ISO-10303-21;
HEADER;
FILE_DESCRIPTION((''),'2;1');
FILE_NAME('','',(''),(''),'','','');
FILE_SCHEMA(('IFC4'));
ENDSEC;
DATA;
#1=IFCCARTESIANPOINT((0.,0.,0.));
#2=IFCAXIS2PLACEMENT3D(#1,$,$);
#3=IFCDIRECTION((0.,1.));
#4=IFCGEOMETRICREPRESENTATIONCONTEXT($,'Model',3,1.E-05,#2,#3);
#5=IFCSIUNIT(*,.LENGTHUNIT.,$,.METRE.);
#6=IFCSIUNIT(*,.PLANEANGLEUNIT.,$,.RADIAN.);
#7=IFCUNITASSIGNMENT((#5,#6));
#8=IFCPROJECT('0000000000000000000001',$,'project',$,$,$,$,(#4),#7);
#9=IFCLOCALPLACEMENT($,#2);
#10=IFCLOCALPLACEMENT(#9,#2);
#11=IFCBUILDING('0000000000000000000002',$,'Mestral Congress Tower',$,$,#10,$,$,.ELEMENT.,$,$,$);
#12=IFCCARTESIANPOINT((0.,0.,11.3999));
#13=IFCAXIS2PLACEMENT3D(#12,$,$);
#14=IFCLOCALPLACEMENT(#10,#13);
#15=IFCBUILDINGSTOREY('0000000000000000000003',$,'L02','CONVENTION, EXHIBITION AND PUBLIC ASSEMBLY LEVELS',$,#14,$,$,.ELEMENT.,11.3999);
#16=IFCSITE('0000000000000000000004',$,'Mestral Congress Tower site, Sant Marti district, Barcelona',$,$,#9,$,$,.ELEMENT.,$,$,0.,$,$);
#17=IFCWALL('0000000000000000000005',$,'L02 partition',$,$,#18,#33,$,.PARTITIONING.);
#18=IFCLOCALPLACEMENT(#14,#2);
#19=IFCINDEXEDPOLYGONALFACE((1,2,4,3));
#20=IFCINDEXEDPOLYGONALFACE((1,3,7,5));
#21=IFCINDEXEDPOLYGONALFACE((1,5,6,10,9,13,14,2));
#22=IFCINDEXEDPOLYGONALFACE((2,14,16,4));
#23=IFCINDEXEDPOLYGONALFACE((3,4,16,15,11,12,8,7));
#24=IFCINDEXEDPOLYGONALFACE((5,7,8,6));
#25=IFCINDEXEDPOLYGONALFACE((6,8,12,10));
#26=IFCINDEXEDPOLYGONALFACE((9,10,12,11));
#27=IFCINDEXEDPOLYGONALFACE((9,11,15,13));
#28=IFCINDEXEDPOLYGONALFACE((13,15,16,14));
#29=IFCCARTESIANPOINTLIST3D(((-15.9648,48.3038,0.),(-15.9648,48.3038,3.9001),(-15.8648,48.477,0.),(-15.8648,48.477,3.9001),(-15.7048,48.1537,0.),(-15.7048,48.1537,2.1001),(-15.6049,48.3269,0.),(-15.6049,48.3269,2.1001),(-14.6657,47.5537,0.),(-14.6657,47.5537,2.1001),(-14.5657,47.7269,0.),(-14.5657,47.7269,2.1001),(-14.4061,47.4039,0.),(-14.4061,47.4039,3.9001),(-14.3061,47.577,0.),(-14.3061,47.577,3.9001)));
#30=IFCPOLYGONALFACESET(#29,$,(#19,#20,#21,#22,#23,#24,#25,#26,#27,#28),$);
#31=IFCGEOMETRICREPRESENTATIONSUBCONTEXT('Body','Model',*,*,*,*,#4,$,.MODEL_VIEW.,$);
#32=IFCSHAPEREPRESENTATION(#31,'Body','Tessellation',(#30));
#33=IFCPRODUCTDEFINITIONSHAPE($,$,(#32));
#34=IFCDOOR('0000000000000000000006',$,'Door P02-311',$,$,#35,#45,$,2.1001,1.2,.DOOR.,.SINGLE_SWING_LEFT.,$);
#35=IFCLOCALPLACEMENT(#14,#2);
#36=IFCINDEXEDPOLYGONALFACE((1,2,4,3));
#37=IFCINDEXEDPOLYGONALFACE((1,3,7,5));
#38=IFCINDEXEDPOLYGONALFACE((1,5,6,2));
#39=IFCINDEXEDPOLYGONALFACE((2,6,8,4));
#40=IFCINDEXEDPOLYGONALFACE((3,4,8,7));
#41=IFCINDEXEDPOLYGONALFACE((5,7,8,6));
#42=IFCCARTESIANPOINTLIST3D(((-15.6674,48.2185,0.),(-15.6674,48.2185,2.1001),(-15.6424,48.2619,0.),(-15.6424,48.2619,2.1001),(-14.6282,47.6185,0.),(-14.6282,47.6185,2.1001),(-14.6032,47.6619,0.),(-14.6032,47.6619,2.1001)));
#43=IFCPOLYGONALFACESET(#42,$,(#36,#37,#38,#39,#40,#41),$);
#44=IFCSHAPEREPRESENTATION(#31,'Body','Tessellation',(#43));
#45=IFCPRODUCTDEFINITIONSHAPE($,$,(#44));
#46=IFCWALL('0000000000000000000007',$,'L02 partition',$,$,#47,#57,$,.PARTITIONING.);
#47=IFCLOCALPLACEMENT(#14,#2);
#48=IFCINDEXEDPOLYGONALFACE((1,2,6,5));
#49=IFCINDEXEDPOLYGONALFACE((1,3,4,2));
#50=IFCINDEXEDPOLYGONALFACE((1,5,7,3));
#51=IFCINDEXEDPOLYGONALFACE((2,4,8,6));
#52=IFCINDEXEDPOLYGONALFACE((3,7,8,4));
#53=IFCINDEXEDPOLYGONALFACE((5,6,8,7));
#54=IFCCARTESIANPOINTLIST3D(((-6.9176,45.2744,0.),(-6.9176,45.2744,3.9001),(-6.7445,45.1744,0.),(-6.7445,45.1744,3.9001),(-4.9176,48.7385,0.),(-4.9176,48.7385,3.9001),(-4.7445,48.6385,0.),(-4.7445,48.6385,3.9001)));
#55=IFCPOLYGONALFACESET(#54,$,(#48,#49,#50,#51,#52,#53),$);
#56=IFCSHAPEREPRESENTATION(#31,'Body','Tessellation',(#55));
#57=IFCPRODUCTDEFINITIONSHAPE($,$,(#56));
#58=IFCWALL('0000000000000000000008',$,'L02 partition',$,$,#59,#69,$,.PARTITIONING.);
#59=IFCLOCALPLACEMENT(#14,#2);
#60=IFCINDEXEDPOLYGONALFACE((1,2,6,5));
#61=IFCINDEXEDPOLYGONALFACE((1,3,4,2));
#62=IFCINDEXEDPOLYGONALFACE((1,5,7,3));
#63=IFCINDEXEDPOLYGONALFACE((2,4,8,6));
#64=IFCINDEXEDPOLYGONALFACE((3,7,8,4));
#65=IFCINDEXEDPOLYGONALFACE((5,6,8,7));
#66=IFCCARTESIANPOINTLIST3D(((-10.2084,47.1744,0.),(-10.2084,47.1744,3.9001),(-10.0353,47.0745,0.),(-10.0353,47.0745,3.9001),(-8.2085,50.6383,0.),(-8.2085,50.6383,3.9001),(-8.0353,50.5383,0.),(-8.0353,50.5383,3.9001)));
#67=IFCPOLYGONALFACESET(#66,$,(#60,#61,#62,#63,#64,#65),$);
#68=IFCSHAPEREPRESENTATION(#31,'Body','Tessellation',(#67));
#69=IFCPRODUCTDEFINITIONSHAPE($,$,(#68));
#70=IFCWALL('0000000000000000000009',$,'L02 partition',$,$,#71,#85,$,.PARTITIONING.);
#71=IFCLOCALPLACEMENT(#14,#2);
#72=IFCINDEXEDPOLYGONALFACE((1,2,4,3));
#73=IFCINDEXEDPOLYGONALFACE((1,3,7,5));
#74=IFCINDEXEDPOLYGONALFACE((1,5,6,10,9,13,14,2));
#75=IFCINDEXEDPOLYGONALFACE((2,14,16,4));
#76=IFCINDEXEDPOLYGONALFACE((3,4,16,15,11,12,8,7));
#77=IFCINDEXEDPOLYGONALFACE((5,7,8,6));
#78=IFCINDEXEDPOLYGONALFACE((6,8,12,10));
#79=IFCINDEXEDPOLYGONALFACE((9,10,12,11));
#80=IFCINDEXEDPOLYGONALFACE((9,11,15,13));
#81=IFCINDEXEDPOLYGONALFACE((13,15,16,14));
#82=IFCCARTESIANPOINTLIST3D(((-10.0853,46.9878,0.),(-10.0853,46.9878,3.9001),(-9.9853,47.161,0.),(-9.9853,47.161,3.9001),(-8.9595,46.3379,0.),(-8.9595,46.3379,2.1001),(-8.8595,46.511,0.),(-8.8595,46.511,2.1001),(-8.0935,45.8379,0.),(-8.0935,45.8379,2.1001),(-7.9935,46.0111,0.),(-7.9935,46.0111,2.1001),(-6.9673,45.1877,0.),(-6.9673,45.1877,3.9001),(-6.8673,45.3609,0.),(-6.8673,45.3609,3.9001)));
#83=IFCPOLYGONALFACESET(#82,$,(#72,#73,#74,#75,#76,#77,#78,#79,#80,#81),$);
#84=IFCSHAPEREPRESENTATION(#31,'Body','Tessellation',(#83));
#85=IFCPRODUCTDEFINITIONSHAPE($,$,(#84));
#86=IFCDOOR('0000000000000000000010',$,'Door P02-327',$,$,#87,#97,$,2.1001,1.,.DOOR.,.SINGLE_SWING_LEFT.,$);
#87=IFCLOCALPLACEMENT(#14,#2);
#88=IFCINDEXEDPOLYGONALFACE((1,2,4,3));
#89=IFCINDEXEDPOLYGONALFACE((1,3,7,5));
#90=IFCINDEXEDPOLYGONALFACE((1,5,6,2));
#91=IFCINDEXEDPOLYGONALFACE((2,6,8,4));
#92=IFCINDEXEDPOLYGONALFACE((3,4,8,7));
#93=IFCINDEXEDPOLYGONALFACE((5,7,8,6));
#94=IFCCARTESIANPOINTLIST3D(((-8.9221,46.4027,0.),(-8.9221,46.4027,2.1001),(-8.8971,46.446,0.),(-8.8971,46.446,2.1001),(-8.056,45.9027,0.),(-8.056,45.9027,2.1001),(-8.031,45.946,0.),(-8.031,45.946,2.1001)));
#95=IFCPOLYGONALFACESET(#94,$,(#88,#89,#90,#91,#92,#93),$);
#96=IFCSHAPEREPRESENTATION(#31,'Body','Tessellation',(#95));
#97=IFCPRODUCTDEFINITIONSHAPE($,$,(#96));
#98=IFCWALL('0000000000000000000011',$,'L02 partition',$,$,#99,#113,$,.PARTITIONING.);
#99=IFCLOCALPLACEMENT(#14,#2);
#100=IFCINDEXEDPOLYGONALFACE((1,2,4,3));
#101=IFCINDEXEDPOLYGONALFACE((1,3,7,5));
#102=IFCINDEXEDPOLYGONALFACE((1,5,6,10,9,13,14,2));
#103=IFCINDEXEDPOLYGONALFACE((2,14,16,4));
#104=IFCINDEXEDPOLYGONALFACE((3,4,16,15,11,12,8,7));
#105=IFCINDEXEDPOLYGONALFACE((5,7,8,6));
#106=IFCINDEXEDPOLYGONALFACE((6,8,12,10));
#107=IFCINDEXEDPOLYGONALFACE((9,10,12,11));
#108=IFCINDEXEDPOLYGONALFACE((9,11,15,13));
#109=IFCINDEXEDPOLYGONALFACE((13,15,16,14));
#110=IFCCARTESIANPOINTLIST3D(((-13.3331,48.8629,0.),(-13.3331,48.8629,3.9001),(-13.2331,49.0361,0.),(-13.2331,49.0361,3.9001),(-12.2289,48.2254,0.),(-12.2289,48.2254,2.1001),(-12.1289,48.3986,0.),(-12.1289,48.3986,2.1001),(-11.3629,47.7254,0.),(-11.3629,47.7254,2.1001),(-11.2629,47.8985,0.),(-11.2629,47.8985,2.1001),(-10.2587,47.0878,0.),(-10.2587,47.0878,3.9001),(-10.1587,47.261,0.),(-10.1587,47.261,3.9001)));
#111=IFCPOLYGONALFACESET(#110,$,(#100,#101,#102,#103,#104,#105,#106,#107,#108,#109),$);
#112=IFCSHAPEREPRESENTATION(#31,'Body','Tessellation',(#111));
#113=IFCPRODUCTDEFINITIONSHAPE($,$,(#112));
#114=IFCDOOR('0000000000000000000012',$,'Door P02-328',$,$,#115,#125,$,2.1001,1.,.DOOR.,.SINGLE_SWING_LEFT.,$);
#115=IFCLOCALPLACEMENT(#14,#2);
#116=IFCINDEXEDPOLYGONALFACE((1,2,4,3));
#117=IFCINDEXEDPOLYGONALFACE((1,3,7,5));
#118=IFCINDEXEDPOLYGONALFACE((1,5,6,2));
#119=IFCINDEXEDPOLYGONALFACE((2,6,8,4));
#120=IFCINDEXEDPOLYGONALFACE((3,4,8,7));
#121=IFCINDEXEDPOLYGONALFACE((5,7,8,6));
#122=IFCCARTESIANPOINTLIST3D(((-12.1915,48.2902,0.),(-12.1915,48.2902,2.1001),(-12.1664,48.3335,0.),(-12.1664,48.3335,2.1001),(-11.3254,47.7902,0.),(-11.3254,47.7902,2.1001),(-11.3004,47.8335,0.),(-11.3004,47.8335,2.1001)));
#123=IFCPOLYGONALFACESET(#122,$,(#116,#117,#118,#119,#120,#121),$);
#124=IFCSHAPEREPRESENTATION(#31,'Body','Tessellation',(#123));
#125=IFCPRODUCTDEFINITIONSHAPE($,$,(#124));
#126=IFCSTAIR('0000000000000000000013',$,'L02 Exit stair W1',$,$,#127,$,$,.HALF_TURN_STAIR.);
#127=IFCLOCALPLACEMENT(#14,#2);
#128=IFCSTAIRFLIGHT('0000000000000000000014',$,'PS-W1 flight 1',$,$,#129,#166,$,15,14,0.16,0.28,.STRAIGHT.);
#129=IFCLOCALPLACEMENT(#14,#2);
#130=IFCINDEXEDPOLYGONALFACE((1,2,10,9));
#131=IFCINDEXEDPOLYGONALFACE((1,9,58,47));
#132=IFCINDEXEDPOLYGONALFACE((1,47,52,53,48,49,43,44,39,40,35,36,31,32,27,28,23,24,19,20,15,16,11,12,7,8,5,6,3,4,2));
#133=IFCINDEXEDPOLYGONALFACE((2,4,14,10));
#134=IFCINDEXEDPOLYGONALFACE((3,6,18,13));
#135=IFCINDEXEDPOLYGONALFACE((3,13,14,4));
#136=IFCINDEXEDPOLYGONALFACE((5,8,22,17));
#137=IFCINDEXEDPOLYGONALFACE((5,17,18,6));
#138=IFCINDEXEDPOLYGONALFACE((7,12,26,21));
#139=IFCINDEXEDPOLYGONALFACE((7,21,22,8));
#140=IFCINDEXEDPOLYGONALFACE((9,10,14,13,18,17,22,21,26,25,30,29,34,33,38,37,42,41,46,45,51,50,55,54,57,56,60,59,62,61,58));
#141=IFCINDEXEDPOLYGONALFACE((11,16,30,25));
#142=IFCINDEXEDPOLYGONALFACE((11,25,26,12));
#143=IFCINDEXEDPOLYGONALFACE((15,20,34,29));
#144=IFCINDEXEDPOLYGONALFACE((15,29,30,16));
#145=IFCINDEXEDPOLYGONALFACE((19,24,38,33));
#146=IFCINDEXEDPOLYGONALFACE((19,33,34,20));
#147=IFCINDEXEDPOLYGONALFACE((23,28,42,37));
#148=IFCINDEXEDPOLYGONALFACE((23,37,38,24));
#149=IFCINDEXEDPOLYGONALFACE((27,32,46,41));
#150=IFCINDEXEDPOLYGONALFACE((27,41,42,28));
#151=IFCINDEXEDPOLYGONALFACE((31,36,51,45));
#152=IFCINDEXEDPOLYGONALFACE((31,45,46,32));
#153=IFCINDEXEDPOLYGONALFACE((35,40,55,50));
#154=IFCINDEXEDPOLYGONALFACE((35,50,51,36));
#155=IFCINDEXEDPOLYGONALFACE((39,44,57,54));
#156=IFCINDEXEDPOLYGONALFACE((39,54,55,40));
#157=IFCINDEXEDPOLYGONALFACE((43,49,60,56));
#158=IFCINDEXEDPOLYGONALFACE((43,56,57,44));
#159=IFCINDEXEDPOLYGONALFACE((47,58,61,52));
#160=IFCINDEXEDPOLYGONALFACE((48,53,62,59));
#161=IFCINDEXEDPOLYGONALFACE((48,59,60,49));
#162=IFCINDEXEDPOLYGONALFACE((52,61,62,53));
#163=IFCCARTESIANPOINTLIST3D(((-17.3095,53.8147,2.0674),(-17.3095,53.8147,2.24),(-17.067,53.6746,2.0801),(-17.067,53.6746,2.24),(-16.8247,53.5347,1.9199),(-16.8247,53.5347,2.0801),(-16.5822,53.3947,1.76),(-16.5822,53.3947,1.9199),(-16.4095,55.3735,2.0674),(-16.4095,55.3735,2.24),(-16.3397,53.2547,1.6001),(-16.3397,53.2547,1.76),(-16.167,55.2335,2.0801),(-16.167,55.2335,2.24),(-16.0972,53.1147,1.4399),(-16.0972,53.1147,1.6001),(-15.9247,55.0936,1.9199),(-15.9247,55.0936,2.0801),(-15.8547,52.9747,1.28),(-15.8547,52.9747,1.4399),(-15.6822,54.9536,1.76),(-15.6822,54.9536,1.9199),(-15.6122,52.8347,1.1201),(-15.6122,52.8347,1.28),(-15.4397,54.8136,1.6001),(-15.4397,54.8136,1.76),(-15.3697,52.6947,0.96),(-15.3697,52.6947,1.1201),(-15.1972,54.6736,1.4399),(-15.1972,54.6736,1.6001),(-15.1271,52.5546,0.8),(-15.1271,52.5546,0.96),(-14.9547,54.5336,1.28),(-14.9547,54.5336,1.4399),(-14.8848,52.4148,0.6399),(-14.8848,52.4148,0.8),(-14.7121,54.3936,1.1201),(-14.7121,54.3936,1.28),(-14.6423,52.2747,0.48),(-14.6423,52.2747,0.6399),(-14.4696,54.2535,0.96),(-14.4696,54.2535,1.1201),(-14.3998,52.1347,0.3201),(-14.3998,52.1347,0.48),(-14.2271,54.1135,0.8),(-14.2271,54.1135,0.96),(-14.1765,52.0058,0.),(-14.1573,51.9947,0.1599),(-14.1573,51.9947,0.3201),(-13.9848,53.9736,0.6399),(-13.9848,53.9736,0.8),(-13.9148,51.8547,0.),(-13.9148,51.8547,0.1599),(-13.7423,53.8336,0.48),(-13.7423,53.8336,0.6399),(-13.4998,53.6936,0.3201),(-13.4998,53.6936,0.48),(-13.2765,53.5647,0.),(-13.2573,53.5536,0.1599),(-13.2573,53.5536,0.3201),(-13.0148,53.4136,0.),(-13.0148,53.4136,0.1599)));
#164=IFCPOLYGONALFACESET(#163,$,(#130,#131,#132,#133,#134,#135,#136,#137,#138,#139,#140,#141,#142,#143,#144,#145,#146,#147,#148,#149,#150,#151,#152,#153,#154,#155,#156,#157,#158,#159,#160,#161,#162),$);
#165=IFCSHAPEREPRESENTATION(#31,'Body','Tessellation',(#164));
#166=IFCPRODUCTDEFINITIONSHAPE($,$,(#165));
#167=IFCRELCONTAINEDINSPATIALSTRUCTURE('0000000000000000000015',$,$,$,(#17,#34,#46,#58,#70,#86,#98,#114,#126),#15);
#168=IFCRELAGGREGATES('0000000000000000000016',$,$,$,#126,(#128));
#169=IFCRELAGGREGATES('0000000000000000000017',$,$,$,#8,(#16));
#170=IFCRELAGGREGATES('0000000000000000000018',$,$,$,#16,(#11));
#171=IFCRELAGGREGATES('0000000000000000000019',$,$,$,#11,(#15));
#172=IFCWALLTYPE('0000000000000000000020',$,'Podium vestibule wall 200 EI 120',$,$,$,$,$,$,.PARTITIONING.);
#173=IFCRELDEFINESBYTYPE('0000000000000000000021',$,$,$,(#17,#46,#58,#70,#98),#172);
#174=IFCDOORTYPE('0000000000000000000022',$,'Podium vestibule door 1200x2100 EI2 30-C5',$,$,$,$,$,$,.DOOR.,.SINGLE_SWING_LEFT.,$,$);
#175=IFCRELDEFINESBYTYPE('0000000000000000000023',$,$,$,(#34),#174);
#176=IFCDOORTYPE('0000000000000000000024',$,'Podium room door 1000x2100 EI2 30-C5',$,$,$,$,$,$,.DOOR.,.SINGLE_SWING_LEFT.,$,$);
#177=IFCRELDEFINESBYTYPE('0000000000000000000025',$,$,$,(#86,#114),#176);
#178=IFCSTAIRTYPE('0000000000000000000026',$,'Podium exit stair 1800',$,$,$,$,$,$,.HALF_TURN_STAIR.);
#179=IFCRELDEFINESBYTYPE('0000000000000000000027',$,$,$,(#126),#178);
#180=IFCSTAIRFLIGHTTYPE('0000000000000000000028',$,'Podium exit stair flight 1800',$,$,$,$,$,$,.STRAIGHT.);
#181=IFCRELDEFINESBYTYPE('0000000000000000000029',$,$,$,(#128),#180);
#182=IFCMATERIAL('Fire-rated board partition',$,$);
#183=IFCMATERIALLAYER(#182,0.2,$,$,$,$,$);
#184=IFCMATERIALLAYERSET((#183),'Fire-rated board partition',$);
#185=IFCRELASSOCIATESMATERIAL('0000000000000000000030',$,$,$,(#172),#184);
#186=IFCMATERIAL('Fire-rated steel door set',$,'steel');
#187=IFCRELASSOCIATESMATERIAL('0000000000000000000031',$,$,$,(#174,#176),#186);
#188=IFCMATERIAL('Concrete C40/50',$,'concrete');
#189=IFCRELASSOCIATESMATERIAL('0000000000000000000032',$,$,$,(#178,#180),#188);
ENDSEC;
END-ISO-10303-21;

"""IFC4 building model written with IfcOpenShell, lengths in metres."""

from ifc_helpers import new_model, si_unit, direction, frame, frame_2d, origin, place, context, subcontext, project, spatial, polyline, rectangle, outline, extrude, material, layer, layer_set, type_object, element, fill, aggregate, save


model = new_model("IFC4")

# Units and contexts
model_context = context("Model", 3, precision=1e-05, world=origin(), true_north=direction((0.0, 1.0)))
body_context = subcontext(model_context, "Body", "Model", "MODEL_VIEW")
ifc_project = project(units=[si_unit("LENGTHUNIT", "METRE"), si_unit("PLANEANGLEUNIT", "RADIAN")], contexts=[model_context])

# Site, building, storey
site_placement = place(None, origin())
site = spatial("IfcSite", under=ifc_project, at=site_placement, Name="Mestral Congress Tower site, Sant Marti district, Barcelona", CompositionType="ELEMENT", RefElevation=0.0)
building_placement = place(site_placement, origin())
building = spatial("IfcBuilding", under=site, at=building_placement, Name="Mestral Congress Tower", CompositionType="ELEMENT")
storey_placement = place(building_placement, frame((0.0, 0.0, 11.3999)))
storey = spatial("IfcBuildingStorey", under=building, at=storey_placement, Name="L02", Description="CONVENTION, EXHIBITION AND PUBLIC ASSEMBLY LEVELS", CompositionType="ELEMENT", Elevation=11.3999)

# Shared definitions
ifc_material_1 = material(Name="Fire-rated steel door set", Category="steel")

# Shared definitions
ifc_material_2 = material(Name="Fire-rated board partition")
ifc_layer_1 = layer(ifc_material_2, 0.2)
ifc_layer_set_1 = layer_set([ifc_layer_1], Name="Fire-rated board partition")
wall_type_1 = type_object("IfcWallType", Name="Podium vestibule wall 200 EI 120", PredefinedType="PARTITIONING", material=ifc_layer_set_1)

# Wall, opening, door
wall_1_placement = place(storey_placement, frame((-15.9148, 48.3904, 0.0), z_axis=(0.0, 0.0, 1.0), x_axis=(0.866014, -0.50002, 0.0)))
wall_1 = element("IfcWall", 1, at=wall_1_placement, inside=storey, type_object=wall_type_1, Name="L02 partition", PredefinedType="PARTITIONING", context=body_context, shape_type="SweptSolid", body=[
    extrude(rectangle(XDim=1.7998, YDim=0.2, at=frame_2d((0.8999, 0.0))), origin(), (0.0, 0.0, 1.0), 3.9001),
])
opening_1_placement = place(wall_1_placement, frame((0.3, 0.0, 0.0)))
opening_1 = element("IfcOpeningElement", 2, at=opening_1_placement, cuts=wall_1, PredefinedType="OPENING", context=body_context, shape_type="SweptSolid", body=[
    extrude(rectangle(XDim=1.2, YDim=2.1001, at=frame_2d((0.6001, 1.05))), frame((0.0, 0.1099, 0.0), z_axis=(0.0, -1.0, 0.0), x_axis=(1.0, 0.0, 0.0)), (0.0, 0.0, 1.0), 0.22),
])
door_type_1 = type_object("IfcDoorType", Name="Podium vestibule door 1200x2100 EI2 30-C5", OperationType="SINGLE_SWING_LEFT", PredefinedType="DOOR", material=ifc_material_1)
door_1_placement = place(opening_1_placement, origin())
door_1 = element("IfcDoor", 3, at=door_1_placement, inside=storey, type_object=door_type_1, Name="Door P02-311", OperationType="SINGLE_SWING_LEFT", OverallHeight=2.1001, OverallWidth=1.2, PredefinedType="DOOR", context=body_context, shape_type="SweptSolid", body=[
    extrude(rectangle(XDim=1.2, YDim=2.1001, at=frame_2d((0.6001, 1.05))), frame((0.0, 0.0249, 0.0), z_axis=(0.0, -1.0, 0.0), x_axis=(1.0, 0.0, 0.0)), (0.0, 0.0, 1.0), 0.05),
])
fill(opening_1, door_1)

# Walls
wall_2_placement = place(storey_placement, frame((-4.8311, 48.6885, 0.0), z_axis=(0.0, 0.0, 1.0), x_axis=(-0.499999, -0.866026, 0.0)))
element("IfcWall", 4, at=wall_2_placement, inside=storey, type_object=wall_type_1, Name="L02 partition", PredefinedType="PARTITIONING", context=body_context, shape_type="SweptSolid", body=[
    extrude(rectangle(XDim=4.0, YDim=0.2, at=frame_2d((2.0, 0.0))), origin(), (0.0, 0.0, 1.0), 3.9001),
])
wall_3_placement = place(storey_placement, frame((-8.1218, 50.5884, 0.0), z_axis=(0.0, 0.0, 1.0), x_axis=(-0.500025, -0.866011, 0.0)))
element("IfcWall", 5, at=wall_3_placement, inside=storey, type_object=wall_type_1, Name="L02 partition", PredefinedType="PARTITIONING", context=body_context, shape_type="SweptSolid", body=[
    extrude(rectangle(XDim=3.9998, YDim=0.2, at=frame_2d((2.0, 0.0))), origin(), (0.0, 0.0, 1.0), 3.9001),
])

# Walls, openings, doors
wall_4_placement = place(storey_placement, frame((-10.0354, 47.0745, 0.0), z_axis=(0.0, 0.0, 1.0), x_axis=(0.866035, -0.499983, 0.0)))
wall_4 = element("IfcWall", 6, at=wall_4_placement, inside=storey, type_object=wall_type_1, Name="L02 partition", PredefinedType="PARTITIONING", context=body_context, shape_type="SweptSolid", body=[
    extrude(rectangle(XDim=3.6003, YDim=0.2, at=frame_2d((1.8003, 0.0))), origin(), (0.0, 0.0, 1.0), 3.9001),
])
opening_2_placement = place(wall_4_placement, frame((1.3, 0.0, 0.0)))
opening_2 = element("IfcOpeningElement", 7, at=opening_2_placement, cuts=wall_4, PredefinedType="OPENING", context=body_context, shape_type="SweptSolid", body=[
    extrude(rectangle(XDim=1.0, YDim=2.1001, at=frame_2d((0.5, 1.05))), frame((0.0, 0.1099, 0.0), z_axis=(0.0, -1.0, 0.0), x_axis=(1.0, 0.0, 0.0)), (0.0, 0.0, 1.0), 0.22),
])
door_type_2 = type_object("IfcDoorType", Name="Podium room door 1000x2100 EI2 30-C5", OperationType="SINGLE_SWING_LEFT", PredefinedType="DOOR", material=ifc_material_1)
door_2_placement = place(opening_2_placement, origin())
door_2 = element("IfcDoor", 8, at=door_2_placement, inside=storey, type_object=door_type_2, Name="Door P02-327", OperationType="SINGLE_SWING_LEFT", OverallHeight=2.1001, OverallWidth=1.0, PredefinedType="DOOR", context=body_context, shape_type="SweptSolid", body=[
    extrude(rectangle(XDim=1.0, YDim=2.1001, at=frame_2d((0.5, 1.05))), frame((0.0, 0.0249, 0.0), z_axis=(0.0, -1.0, 0.0), x_axis=(1.0, 0.0, 0.0)), (0.0, 0.0, 1.0), 0.05),
])
fill(opening_2, door_2)
wall_5_placement = place(storey_placement, frame((-13.283, 48.9495, 0.0), z_axis=(0.0, 0.0, 1.0), x_axis=(0.866013, -0.500022, 0.0)))
wall_5 = element("IfcWall", 9, at=wall_5_placement, inside=storey, type_object=wall_type_1, Name="L02 partition", PredefinedType="PARTITIONING", context=body_context, shape_type="SweptSolid", body=[
    extrude(rectangle(XDim=3.55, YDim=0.2, at=frame_2d((1.7749, 0.0))), origin(), (0.0, 0.0, 1.0), 3.9001),
])
opening_3_placement = place(wall_5_placement, frame((1.2749, 0.0, 0.0)))
opening_3 = element("IfcOpeningElement", 10, at=opening_3_placement, cuts=wall_5, PredefinedType="OPENING", context=body_context, shape_type="SweptSolid", body=[
    extrude(rectangle(XDim=1.0, YDim=2.1001, at=frame_2d((0.5, 1.05))), frame((0.0, 0.1099, 0.0), z_axis=(0.0, -1.0, 0.0), x_axis=(1.0, 0.0, 0.0)), (0.0, 0.0, 1.0), 0.22),
])
door_3_placement = place(opening_3_placement, origin())
door_3 = element("IfcDoor", 11, at=door_3_placement, inside=storey, type_object=door_type_2, Name="Door P02-328", OperationType="SINGLE_SWING_LEFT", OverallHeight=2.1001, OverallWidth=1.0, PredefinedType="DOOR", context=body_context, shape_type="SweptSolid", body=[
    extrude(rectangle(XDim=1.0, YDim=2.1001, at=frame_2d((0.5, 1.05))), frame((0.0, 0.0249, 0.0), z_axis=(0.0, -1.0, 0.0), x_axis=(1.0, 0.0, 0.0)), (0.0, 0.0, 1.0), 0.05),
])
fill(opening_3, door_3)

# Stair, stair flight
ifc_material_3 = material(Name="Concrete C40/50", Category="concrete")
stair_type = type_object("IfcStairType", Name="Podium exit stair 1800", PredefinedType="HALF_TURN_STAIR", material=ifc_material_3)
stair_placement = place(storey_placement, origin())
stair = element("IfcStair", 12, at=stair_placement, inside=storey, type_object=stair_type, Name="L02 Exit stair W1", PredefinedType="HALF_TURN_STAIR")
stair_flight_type = type_object("IfcStairFlightType", Name="Podium exit stair flight 1800", PredefinedType="STRAIGHT", material=ifc_material_3)
stair_flight_placement = place(storey_placement, frame((-13.4648, 52.634, 0.0), z_axis=(0.0, 0.0, 1.0), x_axis=(-0.866025, 0.5, 0.0)))
stair_flight = element("IfcStairFlight", 13, at=stair_flight_placement, type_object=stair_flight_type, Name="PS-W1 flight 1", NumberOfRisers=15, NumberOfTreads=14, PredefinedType="STRAIGHT", RiserHeight=0.16, TreadLength=0.28, context=body_context, shape_type="SweptSolid", body=[
    extrude(outline(polyline([(0.0, 0.0), (0.0, 0.1599), (0.28, 0.1599), (0.28, 0.3201), (0.5601, 0.3201), (0.5601, 0.48), (0.8401, 0.48), (0.8401, 0.6399), (1.1201, 0.6399), (1.1201, 0.8), (1.3999, 0.8), (1.3999, 0.96), (1.6799, 0.96), (1.6799, 1.1201), (1.96, 1.1201), (1.96, 1.28), (2.24, 1.28), (2.24, 1.4399), (2.52, 1.4399), (2.52, 1.6001), (2.8, 1.6001), (2.8, 1.76), (3.0801, 1.76), (3.0801, 1.9199), (3.3601, 1.9199), (3.3601, 2.0801), (3.6399, 2.0801), (3.6399, 2.24), (3.9199, 2.24), (3.9199, 2.3999), (3.9199, 2.0674), (0.3022, 0.0), (0.0, 0.0)])), frame((0.0, 0.8999, 0.0), z_axis=(0.0, -1.0, 0.0), x_axis=(1.0, 0.0, 0.0)), (0.0, 0.0, 1.0), 1.8),
])
aggregate(stair, [stair_flight])

save(model, "model.ifc")
